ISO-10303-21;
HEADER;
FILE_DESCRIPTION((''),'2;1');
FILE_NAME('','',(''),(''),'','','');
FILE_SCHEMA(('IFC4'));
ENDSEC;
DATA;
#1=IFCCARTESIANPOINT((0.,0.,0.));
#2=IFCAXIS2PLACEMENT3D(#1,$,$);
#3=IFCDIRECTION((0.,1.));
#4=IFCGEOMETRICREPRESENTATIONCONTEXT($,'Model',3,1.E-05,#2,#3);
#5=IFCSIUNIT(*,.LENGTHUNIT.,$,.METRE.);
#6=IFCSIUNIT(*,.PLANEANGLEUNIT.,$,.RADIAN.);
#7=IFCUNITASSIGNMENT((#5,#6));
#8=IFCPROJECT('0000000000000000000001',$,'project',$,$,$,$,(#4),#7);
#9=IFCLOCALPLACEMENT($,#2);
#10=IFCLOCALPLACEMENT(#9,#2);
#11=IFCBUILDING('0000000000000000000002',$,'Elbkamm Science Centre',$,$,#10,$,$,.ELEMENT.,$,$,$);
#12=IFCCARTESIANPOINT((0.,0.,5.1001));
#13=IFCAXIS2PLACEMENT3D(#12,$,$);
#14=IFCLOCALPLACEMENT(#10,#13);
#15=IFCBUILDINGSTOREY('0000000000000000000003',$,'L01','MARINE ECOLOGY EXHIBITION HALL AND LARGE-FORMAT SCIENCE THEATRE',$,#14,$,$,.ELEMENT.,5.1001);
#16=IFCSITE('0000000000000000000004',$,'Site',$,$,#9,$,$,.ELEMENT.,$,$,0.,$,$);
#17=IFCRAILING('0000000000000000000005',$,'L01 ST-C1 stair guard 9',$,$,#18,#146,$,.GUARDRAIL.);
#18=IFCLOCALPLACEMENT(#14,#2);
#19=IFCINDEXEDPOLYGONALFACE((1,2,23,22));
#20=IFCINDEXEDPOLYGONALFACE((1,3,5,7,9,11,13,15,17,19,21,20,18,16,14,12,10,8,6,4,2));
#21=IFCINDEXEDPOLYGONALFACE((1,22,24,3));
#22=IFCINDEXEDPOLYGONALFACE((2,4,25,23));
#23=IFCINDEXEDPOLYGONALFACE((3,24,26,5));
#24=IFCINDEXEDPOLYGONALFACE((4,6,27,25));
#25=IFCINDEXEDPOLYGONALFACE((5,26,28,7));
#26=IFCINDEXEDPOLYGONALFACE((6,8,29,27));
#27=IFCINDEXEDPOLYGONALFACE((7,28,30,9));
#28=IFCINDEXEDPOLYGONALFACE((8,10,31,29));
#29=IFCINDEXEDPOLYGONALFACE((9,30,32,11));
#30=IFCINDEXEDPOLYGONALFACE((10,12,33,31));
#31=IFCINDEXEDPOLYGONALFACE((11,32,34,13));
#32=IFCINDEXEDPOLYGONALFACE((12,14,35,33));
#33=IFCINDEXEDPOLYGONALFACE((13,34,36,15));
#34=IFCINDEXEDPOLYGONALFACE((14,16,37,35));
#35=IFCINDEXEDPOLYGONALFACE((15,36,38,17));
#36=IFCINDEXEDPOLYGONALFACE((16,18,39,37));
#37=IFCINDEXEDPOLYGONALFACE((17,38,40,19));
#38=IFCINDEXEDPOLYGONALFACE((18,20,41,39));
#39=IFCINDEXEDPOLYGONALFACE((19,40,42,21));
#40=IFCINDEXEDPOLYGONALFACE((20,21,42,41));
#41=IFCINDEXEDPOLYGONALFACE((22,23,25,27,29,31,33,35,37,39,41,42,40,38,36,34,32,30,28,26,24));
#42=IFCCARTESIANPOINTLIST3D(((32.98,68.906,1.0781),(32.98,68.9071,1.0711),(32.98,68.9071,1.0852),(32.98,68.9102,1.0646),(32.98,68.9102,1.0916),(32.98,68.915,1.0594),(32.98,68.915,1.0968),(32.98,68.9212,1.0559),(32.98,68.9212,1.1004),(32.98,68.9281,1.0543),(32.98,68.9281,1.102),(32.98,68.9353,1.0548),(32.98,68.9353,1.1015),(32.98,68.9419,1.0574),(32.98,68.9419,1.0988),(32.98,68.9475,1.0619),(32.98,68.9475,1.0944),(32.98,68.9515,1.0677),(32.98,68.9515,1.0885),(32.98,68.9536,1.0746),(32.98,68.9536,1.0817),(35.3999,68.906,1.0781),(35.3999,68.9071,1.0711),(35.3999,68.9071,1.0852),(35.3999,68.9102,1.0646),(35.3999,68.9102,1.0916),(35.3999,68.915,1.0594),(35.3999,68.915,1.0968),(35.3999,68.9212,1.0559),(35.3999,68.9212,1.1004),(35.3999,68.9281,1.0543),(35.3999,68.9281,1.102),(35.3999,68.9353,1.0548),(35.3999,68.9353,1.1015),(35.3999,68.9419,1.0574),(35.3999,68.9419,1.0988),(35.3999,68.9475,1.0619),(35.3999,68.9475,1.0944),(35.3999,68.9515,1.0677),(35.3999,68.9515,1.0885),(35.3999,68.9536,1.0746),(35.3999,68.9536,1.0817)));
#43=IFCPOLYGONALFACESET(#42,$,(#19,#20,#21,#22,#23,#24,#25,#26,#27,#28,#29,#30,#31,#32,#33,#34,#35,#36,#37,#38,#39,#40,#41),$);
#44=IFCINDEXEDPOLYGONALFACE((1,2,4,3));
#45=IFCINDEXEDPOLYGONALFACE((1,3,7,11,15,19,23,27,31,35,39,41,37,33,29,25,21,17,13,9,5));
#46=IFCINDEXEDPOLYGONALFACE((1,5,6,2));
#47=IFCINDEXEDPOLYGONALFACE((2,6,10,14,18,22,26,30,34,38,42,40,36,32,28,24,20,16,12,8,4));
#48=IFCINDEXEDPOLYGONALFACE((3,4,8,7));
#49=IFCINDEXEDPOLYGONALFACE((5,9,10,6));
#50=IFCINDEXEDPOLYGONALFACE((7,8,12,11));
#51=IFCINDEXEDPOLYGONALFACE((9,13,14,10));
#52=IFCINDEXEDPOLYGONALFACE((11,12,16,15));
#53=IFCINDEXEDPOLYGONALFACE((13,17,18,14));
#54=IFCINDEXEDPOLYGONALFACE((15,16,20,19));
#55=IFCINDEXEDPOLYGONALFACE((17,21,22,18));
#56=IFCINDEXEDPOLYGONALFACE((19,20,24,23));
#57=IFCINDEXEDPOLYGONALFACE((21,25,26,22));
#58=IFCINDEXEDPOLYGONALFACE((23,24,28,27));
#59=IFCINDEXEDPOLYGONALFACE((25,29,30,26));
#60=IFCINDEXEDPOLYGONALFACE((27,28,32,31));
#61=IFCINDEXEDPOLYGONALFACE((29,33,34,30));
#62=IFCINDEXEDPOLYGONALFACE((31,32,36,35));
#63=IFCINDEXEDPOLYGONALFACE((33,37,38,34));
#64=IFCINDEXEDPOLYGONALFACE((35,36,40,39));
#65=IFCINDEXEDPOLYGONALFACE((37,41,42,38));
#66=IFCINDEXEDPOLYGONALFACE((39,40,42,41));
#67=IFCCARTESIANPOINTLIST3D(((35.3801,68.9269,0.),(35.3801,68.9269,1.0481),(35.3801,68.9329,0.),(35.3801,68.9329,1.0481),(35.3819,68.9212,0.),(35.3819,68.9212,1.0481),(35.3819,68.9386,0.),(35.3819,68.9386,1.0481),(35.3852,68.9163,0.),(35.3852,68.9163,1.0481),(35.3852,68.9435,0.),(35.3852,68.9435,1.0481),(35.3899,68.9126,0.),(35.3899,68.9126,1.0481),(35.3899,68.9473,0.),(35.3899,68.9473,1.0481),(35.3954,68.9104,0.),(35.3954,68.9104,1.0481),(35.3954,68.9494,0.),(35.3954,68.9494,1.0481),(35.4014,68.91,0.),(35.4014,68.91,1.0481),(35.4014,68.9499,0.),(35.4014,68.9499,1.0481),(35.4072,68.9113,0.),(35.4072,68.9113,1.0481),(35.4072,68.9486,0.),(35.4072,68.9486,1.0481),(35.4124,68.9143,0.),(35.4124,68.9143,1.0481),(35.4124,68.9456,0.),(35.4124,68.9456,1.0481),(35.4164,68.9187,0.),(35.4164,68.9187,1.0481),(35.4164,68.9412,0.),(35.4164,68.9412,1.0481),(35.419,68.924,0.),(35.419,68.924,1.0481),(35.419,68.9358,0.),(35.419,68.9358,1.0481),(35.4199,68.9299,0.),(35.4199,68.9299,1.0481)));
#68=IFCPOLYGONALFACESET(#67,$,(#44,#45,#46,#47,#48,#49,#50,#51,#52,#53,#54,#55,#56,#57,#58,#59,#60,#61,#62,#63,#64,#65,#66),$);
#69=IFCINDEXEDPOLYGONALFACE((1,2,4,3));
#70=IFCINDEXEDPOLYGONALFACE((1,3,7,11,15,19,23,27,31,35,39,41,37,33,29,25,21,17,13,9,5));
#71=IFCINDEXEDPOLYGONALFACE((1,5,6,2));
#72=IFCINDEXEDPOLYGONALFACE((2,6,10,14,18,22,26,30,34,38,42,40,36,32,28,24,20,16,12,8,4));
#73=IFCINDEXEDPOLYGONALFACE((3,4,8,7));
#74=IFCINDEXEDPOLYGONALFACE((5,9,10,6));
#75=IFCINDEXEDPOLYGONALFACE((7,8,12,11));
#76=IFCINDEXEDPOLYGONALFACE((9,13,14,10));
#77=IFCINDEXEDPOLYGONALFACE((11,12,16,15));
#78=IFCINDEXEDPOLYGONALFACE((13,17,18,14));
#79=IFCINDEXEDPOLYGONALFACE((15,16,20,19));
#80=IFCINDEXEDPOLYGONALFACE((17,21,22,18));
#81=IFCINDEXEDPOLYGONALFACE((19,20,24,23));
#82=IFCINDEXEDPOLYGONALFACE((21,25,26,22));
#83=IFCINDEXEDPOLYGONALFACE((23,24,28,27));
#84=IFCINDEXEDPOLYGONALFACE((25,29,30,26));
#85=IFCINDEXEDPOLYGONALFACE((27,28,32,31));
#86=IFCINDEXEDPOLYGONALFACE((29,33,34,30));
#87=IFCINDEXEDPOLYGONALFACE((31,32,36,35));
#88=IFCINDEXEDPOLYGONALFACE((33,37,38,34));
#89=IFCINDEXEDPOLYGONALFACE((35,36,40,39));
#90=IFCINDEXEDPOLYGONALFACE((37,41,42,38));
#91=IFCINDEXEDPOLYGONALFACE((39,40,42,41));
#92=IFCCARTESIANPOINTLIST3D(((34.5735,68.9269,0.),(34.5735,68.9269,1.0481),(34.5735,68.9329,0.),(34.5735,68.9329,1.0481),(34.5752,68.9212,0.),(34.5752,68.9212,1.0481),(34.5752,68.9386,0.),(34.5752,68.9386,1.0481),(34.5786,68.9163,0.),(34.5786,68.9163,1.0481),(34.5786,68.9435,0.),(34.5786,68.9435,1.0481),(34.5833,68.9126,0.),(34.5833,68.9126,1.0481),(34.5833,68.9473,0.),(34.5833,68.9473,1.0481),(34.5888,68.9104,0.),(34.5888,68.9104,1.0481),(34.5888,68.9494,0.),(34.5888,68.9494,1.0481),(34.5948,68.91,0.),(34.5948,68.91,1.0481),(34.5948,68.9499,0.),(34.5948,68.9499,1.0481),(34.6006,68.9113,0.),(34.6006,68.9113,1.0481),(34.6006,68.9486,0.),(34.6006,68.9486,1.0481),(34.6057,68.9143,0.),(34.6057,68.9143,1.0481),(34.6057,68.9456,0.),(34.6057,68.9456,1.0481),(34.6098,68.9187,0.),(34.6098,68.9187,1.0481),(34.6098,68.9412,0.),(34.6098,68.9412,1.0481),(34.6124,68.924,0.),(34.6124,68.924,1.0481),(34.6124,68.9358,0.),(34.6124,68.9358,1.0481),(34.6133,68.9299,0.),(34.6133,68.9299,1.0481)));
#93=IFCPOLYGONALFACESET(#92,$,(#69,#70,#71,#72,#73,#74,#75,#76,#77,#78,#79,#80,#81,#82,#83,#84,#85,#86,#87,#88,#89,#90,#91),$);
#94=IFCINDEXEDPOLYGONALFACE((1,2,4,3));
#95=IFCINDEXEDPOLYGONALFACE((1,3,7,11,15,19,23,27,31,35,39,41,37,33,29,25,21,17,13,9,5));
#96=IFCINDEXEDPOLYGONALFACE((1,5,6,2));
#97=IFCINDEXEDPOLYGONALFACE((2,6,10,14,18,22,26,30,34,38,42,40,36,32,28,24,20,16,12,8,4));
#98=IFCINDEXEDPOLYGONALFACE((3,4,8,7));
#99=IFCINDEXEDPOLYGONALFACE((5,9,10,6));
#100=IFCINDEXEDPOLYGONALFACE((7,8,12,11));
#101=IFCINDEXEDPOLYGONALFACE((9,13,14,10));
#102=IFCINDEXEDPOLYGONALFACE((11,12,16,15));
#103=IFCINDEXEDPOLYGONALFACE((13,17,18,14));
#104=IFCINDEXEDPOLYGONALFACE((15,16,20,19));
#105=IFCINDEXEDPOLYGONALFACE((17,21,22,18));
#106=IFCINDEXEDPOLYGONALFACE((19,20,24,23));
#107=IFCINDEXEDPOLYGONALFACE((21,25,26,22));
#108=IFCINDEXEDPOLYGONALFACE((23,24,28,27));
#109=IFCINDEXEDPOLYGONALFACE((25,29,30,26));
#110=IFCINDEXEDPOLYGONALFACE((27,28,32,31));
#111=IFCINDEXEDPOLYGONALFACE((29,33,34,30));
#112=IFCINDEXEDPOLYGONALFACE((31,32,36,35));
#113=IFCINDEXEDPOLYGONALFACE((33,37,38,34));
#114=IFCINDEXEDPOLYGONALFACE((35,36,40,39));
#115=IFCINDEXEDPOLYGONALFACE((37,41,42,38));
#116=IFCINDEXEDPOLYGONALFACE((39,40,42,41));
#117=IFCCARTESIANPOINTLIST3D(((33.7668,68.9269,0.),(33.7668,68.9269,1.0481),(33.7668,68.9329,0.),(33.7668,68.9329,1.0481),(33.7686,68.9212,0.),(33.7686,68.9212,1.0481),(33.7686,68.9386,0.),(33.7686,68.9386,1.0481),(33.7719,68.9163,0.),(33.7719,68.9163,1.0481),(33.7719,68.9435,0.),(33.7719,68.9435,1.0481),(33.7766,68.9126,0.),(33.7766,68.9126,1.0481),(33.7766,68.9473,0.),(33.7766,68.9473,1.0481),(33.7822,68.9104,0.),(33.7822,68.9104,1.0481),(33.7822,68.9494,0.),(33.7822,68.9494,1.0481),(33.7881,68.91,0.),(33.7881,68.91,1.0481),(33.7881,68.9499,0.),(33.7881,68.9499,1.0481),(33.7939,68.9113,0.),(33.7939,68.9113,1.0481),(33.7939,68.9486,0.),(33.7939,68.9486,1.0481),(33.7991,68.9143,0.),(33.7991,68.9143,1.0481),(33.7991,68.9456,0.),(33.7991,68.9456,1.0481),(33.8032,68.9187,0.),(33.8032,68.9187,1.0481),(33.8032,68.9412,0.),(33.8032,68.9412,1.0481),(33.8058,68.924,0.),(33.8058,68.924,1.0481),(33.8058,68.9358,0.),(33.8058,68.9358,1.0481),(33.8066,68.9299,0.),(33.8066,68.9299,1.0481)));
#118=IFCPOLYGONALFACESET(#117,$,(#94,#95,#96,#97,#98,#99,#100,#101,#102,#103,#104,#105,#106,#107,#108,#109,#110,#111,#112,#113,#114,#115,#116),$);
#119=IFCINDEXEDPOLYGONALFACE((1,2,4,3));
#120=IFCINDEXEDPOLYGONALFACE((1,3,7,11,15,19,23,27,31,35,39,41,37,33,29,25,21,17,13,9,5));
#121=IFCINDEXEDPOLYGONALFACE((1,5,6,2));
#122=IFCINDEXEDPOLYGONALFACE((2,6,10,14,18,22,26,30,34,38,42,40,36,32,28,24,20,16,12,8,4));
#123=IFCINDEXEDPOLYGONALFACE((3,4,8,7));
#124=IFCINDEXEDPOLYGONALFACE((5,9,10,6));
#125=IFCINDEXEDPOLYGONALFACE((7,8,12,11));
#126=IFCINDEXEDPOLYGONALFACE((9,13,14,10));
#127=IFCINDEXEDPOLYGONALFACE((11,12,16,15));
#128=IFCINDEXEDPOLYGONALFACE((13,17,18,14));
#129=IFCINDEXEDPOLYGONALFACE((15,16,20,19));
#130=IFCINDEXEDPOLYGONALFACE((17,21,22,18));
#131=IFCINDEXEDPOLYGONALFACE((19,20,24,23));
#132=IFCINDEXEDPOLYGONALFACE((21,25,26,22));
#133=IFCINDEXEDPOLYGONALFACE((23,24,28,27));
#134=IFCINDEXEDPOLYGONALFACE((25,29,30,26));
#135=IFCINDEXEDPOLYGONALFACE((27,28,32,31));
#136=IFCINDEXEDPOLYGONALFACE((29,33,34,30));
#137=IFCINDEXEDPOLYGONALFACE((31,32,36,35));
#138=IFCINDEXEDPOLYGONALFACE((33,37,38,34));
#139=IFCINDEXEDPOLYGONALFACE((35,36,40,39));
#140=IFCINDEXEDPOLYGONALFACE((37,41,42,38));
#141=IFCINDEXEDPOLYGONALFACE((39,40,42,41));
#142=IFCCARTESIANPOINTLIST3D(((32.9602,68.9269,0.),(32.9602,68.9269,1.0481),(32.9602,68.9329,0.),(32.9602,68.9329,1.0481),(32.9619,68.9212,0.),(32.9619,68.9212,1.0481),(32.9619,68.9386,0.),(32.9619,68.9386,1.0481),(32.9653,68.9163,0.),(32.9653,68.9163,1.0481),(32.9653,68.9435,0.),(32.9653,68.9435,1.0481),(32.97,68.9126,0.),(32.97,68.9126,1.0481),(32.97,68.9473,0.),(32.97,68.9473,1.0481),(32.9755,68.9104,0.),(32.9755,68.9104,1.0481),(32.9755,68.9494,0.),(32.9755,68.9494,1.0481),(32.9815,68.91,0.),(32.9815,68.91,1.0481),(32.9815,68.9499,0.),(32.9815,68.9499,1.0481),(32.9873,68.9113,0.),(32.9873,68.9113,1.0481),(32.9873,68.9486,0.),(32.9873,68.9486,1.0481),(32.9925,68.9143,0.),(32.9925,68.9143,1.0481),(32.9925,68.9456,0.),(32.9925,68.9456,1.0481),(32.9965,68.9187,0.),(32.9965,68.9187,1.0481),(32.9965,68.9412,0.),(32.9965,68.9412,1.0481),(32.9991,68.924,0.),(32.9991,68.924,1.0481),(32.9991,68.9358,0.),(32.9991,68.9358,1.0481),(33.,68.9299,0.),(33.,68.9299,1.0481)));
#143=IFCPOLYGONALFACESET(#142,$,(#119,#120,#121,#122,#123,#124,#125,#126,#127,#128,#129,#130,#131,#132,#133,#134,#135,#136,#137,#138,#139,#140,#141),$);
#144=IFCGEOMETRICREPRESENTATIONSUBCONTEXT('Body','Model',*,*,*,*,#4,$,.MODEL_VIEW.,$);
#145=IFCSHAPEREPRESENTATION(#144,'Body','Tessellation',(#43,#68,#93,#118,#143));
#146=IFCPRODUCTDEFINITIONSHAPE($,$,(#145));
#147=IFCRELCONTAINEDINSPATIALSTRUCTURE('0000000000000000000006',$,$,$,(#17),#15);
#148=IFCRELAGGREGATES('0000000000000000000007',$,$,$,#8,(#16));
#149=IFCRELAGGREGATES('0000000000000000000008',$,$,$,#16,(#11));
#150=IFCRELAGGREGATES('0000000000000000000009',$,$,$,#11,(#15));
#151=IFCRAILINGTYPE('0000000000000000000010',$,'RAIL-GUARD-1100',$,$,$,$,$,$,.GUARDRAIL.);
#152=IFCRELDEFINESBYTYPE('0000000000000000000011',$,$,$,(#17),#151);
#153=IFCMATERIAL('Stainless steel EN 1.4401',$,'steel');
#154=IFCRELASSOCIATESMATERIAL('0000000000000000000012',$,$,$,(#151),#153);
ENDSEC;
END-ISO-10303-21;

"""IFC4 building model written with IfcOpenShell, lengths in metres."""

from ifc_helpers import new_model, si_unit, direction, frame, origin, origin_2d, place, context, subcontext, project, spatial, circle, extrude, material, type_object, element, save


model = new_model("IFC4")

# Units and contexts
model_context = context("Model", 3, precision=1e-05, world=origin(), true_north=direction((0.0, 1.0)))
body_context = subcontext(model_context, "Body", "Model", "MODEL_VIEW")
ifc_project = project(units=[si_unit("LENGTHUNIT", "METRE"), si_unit("PLANEANGLEUNIT", "RADIAN")], contexts=[model_context])

# Site, building, storey
site_placement = place(None, origin())
site = spatial("IfcSite", under=ifc_project, at=site_placement, Name="Site", CompositionType="ELEMENT", RefElevation=0.0)
building_placement = place(site_placement, origin())
building = spatial("IfcBuilding", under=site, at=building_placement, Name="Elbkamm Science Centre", CompositionType="ELEMENT")
storey_placement = place(building_placement, frame((0.0, 0.0, 5.1001)))
storey = spatial("IfcBuildingStorey", under=building, at=storey_placement, Name="L01", Description="MARINE ECOLOGY EXHIBITION HALL AND LARGE-FORMAT SCIENCE THEATRE", CompositionType="ELEMENT", Elevation=5.1001)

# Railing
ifc_material_1 = material(Name="Stainless steel EN 1.4401", Category="steel")
railing_type_1 = type_object("IfcRailingType", Name="RAIL-GUARD-1100", PredefinedType="GUARDRAIL", material=ifc_material_1)
for number, where, name in (
    (1, (35.3999, 68.9299, 0.0), "L01 ST-C1 stair guard 9"),
):
    element("IfcRailing", number, at=place(storey_placement, frame(where)), inside=storey, type_object=railing_type_1, Name=name, PredefinedType="GUARDRAIL", context=body_context, shape_type="SweptSolid", body=[
        extrude(circle(Radius=0.0239, at=origin_2d()), frame((0.0, 0.0, 1.0781), z_axis=(-1.0, 0.0, 0.0), x_axis=(0.0, -1.0, 0.0)), (0.0, 0.0, 1.0), 2.4199),
        extrude(circle(Radius=0.02, at=origin_2d()), origin(), (0.0, 0.0, 1.0), 1.0481),
        extrude(circle(Radius=0.02, at=origin_2d()), frame((-0.8066, 0.0, 0.0)), (0.0, 0.0, 1.0), 1.0481),
        extrude(circle(Radius=0.02, at=origin_2d()), frame((-1.6133, 0.0, 0.0)), (0.0, 0.0, 1.0), 1.0481),
        extrude(circle(Radius=0.02, at=origin_2d()), frame((-2.4199, 0.0, 0.0)), (0.0, 0.0, 1.0), 1.0481),
    ])

save(model, "model.ifc")
